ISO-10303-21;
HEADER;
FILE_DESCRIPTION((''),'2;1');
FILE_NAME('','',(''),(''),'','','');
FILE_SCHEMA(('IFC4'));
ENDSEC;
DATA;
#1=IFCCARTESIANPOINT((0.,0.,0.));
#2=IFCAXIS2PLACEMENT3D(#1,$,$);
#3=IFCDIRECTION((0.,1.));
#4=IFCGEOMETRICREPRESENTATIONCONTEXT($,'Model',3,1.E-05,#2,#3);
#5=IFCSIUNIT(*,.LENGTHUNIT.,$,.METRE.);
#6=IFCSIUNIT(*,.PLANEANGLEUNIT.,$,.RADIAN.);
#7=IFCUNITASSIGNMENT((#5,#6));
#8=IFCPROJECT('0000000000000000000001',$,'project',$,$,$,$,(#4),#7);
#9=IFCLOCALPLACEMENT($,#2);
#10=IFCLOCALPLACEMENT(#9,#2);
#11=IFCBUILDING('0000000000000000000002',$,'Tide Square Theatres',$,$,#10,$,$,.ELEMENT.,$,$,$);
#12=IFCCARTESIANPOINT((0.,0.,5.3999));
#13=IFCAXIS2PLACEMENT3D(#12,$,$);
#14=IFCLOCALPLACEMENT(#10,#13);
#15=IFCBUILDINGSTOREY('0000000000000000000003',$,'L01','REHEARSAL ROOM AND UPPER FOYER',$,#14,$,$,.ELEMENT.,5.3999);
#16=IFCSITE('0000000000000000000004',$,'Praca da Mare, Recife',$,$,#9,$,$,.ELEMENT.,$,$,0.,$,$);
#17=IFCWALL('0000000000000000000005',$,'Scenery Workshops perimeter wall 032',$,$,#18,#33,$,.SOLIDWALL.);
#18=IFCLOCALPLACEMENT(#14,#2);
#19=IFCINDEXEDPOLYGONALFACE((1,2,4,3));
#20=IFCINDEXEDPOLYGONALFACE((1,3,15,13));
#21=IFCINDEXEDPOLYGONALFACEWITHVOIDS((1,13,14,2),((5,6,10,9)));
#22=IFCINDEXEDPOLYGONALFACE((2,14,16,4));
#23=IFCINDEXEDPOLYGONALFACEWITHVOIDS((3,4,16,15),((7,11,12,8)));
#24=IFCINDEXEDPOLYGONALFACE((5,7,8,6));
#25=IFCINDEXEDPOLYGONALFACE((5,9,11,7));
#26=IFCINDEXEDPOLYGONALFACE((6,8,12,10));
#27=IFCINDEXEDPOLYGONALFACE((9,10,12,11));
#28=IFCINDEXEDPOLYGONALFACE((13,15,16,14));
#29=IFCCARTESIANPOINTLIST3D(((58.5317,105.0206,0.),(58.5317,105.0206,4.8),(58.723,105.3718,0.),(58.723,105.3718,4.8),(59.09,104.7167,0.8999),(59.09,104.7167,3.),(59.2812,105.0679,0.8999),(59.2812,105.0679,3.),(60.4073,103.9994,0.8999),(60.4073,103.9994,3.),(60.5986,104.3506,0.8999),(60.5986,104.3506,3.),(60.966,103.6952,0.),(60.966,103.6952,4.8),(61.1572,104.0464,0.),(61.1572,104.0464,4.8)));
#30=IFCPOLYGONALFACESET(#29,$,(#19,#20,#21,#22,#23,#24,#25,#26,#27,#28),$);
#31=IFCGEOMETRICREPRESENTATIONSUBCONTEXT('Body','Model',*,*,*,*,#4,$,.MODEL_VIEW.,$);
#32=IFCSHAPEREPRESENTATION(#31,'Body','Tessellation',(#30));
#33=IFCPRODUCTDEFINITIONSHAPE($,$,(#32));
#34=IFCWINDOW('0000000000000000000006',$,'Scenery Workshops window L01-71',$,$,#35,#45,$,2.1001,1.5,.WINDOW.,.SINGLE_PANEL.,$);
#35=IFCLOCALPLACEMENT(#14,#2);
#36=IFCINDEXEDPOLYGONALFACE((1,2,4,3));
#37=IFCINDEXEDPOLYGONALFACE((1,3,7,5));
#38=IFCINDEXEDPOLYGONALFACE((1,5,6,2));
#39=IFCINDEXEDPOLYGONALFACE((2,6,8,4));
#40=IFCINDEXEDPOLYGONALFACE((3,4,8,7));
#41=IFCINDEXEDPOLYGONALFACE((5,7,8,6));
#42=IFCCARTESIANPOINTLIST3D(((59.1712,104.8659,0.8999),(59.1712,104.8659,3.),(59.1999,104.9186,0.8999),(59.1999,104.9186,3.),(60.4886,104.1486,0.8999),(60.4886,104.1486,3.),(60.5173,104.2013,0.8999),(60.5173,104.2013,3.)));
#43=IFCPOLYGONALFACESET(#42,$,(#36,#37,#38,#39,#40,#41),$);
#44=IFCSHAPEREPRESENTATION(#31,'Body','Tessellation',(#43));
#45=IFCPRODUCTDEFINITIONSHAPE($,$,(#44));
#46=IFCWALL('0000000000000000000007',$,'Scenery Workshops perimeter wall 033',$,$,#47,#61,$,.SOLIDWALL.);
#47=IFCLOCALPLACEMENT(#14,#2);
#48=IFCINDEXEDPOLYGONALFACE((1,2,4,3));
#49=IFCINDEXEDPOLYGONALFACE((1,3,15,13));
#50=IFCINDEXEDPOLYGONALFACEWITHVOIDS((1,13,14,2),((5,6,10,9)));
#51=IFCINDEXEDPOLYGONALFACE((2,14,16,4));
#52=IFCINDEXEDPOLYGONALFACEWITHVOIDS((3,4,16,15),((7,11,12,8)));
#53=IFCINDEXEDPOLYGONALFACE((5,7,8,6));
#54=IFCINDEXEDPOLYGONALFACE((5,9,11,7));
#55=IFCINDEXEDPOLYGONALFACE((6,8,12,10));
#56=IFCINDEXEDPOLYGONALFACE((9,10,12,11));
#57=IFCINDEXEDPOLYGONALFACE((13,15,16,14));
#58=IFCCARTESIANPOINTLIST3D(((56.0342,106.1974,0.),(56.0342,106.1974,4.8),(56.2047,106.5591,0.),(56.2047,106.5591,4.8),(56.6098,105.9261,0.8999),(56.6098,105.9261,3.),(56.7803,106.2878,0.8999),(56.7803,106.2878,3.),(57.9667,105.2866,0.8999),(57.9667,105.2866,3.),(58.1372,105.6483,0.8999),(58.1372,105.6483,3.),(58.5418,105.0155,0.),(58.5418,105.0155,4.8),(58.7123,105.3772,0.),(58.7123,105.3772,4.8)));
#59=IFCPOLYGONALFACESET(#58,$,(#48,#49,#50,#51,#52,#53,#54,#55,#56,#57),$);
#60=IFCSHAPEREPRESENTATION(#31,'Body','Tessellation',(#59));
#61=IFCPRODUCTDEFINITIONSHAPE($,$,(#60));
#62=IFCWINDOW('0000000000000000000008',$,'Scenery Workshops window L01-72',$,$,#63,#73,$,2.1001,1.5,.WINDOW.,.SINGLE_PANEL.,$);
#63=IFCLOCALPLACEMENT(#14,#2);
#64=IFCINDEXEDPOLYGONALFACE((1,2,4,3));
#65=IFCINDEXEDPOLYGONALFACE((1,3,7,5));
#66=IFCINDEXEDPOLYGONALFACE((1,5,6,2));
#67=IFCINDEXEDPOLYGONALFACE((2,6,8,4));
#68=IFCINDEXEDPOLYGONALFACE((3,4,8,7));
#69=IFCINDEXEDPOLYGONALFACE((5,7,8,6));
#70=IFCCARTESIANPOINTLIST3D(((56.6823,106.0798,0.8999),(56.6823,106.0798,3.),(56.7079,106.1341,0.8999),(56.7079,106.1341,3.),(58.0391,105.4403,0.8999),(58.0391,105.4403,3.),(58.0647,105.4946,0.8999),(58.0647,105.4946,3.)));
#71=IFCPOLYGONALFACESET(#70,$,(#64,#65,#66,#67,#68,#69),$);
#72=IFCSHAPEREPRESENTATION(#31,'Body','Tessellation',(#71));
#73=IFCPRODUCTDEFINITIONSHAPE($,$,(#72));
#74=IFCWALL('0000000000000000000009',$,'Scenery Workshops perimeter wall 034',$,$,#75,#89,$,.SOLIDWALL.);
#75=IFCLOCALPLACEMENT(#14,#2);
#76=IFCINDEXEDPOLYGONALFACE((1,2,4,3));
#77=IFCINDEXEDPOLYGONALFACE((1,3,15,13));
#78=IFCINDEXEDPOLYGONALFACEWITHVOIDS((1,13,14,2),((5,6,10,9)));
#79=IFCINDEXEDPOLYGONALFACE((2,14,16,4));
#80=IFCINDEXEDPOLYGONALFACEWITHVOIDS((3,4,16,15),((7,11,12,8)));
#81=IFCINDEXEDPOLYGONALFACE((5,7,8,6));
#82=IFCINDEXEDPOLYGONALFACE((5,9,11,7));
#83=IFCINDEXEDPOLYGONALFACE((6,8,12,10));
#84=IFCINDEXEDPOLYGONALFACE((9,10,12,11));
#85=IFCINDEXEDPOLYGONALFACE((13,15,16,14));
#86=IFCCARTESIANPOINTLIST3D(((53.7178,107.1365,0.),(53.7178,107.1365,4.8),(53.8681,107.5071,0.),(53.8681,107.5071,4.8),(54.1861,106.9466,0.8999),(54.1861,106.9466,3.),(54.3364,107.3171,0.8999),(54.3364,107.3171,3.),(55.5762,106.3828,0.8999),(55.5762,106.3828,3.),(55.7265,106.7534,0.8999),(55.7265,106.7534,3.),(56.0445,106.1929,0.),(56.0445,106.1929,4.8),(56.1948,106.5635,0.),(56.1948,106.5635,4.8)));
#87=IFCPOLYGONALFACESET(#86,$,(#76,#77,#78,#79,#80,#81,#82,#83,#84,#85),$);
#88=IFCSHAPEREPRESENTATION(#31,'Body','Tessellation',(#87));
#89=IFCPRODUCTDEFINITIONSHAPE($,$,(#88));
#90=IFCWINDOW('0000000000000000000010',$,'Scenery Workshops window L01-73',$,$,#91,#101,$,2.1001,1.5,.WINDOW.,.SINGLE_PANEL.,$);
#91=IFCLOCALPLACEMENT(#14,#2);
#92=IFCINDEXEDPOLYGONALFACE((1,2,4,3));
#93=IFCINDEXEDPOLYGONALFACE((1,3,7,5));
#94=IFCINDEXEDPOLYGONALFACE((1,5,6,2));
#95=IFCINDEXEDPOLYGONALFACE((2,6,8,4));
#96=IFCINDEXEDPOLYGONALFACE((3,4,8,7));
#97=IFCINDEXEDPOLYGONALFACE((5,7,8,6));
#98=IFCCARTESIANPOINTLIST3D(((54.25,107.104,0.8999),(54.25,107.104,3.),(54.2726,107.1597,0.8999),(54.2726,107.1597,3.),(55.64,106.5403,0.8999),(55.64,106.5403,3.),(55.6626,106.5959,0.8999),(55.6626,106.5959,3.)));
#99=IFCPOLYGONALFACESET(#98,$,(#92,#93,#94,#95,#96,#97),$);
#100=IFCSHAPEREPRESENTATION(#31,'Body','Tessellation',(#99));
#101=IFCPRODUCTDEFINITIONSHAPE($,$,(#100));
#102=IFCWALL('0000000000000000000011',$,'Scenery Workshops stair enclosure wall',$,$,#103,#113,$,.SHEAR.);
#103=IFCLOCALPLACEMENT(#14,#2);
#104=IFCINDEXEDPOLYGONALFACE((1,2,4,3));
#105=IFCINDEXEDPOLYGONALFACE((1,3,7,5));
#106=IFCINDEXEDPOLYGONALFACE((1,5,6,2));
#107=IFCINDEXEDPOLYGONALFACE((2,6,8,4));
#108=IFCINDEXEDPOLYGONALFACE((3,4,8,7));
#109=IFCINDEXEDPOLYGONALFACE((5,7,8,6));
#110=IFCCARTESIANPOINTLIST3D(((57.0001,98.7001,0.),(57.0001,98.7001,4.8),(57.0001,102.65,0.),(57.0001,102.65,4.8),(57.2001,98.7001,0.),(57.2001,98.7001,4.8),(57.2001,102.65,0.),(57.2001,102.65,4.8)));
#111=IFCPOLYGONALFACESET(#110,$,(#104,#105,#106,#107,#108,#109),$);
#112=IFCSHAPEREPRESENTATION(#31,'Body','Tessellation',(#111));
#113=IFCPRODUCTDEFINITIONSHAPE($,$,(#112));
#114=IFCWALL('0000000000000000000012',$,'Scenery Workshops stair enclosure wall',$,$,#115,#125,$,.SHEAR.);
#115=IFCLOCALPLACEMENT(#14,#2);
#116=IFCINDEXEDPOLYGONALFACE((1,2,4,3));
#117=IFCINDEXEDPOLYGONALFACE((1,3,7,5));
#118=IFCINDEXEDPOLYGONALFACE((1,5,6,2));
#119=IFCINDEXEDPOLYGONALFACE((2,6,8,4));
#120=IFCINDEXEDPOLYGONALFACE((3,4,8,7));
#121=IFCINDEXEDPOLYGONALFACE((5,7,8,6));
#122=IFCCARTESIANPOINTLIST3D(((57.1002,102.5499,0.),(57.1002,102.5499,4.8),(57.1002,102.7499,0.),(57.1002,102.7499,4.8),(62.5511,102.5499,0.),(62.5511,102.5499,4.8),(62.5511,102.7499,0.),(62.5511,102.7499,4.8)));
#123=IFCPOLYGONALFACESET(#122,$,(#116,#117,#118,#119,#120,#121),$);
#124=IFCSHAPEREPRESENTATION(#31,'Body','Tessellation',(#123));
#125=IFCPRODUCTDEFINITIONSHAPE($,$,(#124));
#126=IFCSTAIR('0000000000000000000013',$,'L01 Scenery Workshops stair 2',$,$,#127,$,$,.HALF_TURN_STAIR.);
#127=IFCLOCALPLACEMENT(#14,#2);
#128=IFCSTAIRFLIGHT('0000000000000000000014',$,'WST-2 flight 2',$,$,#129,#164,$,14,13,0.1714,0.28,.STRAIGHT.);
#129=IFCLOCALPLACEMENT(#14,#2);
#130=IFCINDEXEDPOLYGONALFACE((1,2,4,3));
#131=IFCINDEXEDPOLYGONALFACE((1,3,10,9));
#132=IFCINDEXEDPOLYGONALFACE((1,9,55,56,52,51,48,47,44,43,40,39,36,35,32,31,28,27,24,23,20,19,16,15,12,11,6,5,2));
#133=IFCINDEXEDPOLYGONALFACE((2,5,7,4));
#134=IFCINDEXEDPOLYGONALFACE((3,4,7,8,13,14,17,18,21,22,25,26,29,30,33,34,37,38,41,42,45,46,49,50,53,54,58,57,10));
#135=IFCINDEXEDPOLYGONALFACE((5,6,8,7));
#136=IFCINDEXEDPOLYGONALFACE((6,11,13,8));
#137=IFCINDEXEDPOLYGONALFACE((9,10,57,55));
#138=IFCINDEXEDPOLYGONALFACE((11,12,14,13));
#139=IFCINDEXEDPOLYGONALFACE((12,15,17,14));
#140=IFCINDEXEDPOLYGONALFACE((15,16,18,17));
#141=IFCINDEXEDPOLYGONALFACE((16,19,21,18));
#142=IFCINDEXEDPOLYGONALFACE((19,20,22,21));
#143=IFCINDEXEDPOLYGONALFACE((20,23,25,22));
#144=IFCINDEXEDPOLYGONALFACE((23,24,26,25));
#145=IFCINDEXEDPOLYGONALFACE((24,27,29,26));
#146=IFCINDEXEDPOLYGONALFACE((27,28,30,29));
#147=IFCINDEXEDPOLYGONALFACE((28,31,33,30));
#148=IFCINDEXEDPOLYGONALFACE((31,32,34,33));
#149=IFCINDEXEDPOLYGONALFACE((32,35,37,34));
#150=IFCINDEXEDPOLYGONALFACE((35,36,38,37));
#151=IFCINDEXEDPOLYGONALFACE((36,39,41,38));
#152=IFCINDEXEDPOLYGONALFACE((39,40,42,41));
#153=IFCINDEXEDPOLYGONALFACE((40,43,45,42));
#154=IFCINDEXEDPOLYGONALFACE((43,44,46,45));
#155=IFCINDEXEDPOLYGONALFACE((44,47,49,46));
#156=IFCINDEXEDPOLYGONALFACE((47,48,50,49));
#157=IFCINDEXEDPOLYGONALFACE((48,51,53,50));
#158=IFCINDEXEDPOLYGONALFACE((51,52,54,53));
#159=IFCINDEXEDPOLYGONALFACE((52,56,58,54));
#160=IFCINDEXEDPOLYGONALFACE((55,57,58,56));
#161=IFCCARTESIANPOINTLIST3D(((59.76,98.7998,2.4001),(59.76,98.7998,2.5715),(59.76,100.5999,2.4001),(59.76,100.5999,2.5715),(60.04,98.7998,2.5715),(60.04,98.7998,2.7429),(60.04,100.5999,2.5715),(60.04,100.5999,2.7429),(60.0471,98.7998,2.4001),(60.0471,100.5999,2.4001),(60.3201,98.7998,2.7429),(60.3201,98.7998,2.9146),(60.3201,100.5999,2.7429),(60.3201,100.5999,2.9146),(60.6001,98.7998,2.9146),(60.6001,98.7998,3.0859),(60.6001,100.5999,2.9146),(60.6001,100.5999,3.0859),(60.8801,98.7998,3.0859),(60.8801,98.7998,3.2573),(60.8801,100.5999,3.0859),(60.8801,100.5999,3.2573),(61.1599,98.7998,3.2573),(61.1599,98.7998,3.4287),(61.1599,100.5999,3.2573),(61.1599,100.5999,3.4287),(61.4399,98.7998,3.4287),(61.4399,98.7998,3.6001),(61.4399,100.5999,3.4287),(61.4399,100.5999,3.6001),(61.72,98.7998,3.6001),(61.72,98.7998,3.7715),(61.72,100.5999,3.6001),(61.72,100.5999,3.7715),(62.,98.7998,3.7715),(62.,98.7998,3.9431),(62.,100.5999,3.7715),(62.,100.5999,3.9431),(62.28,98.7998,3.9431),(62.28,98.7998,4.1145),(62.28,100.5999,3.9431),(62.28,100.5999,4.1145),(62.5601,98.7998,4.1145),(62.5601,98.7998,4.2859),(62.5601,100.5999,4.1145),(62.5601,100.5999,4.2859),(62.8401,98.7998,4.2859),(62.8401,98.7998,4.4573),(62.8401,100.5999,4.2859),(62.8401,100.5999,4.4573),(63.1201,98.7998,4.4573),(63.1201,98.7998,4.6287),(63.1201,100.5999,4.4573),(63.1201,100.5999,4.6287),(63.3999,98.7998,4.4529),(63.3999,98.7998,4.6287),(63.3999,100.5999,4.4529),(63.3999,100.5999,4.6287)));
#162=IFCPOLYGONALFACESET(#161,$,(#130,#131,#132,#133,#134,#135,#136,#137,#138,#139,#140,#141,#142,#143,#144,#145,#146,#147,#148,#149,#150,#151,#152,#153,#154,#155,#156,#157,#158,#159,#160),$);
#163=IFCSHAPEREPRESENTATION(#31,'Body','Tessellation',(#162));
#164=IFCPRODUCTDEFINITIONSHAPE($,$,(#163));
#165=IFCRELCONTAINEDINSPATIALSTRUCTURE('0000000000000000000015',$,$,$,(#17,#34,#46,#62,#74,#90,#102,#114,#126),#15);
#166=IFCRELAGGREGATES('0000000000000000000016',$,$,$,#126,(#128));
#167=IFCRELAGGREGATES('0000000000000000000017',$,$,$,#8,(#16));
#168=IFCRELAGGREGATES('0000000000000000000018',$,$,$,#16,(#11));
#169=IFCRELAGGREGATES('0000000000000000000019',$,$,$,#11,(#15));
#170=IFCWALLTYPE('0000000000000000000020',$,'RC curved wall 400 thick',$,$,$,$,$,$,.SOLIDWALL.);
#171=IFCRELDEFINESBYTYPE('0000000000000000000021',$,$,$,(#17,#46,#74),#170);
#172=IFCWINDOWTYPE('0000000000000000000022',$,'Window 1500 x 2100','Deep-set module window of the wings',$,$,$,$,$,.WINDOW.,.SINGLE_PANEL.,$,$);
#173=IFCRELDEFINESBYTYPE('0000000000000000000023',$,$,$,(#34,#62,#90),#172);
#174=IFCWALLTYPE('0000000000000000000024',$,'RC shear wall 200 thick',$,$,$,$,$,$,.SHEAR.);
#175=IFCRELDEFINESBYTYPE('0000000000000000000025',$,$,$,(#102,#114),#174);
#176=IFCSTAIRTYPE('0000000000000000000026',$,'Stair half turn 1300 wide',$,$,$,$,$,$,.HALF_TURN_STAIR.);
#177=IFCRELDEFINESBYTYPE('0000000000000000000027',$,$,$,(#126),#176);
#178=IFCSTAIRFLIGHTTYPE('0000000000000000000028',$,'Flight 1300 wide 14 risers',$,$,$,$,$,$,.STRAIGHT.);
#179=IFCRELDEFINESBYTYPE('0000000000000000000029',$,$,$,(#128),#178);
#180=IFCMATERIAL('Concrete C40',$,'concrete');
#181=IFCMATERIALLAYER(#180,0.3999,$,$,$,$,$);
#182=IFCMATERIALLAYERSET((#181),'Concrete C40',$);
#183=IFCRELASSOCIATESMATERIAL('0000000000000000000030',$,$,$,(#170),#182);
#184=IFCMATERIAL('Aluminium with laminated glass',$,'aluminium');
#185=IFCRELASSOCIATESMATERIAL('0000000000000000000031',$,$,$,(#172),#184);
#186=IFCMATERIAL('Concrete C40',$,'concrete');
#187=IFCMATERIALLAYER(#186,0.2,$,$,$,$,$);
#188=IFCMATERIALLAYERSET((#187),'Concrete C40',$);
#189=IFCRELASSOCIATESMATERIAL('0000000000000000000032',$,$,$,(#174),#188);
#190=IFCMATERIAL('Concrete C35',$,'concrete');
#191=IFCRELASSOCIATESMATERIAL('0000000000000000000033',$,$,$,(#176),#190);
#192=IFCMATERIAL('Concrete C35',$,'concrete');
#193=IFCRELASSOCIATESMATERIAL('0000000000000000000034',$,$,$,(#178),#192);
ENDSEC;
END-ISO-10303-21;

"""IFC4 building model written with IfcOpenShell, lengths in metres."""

from ifc_helpers import new_model, si_unit, direction, frame, frame_2d, origin, place, context, subcontext, project, spatial, polyline, rectangle, outline, extrude, material, layer, layer_set, type_object, element, fill, aggregate, save


model = new_model("IFC4")

# Units and contexts
model_context = context("Model", 3, precision=1e-05, world=origin(), true_north=direction((0.0, 1.0)))
body_context = subcontext(model_context, "Body", "Model", "MODEL_VIEW")
ifc_project = project(units=[si_unit("LENGTHUNIT", "METRE"), si_unit("PLANEANGLEUNIT", "RADIAN")], contexts=[model_context])

# Site, building, storey
site_placement = place(None, origin())
site = spatial("IfcSite", under=ifc_project, at=site_placement, Name="Praca da Mare, Recife", CompositionType="ELEMENT", RefElevation=0.0)
building_placement = place(site_placement, origin())
building = spatial("IfcBuilding", under=site, at=building_placement, Name="Tide Square Theatres", CompositionType="ELEMENT")
storey_placement = place(building_placement, frame((0.0, 0.0, 5.3999)))
storey = spatial("IfcBuildingStorey", under=building, at=storey_placement, Name="L01", Description="REHEARSAL ROOM AND UPPER FOYER", CompositionType="ELEMENT", Elevation=5.3999)

# Walls, openings, windows
ifc_material_1 = material(Name="Concrete C40", Category="concrete")
ifc_layer_1 = layer(ifc_material_1, 0.3999)
ifc_layer_set_1 = layer_set([ifc_layer_1], Name="Concrete C40")
wall_type_1 = type_object("IfcWallType", Name="RC curved wall 400 thick", PredefinedType="SOLIDWALL", material=ifc_layer_set_1)
wall_1_placement = place(storey_placement, frame((61.0615, 103.8708, 0.0), z_axis=(0.0, 0.0, 1.0), x_axis=(-0.878256, 0.478192, 0.0)))
wall_1 = element("IfcWall", 1, at=wall_1_placement, inside=storey, type_object=wall_type_1, Name="Scenery Workshops perimeter wall 032", PredefinedType="SOLIDWALL", context=body_context, shape_type="SweptSolid", body=[
    extrude(rectangle(XDim=2.7717, YDim=0.3999, at=frame_2d((1.3857, 0.0))), origin(), (0.0, 0.0, 1.0), 4.8),
])
opening_1_placement = place(wall_1_placement, frame((0.636, 0.0, 0.8999)))
opening_1 = element("IfcOpeningElement", 2, at=opening_1_placement, cuts=wall_1, PredefinedType="OPENING", context=body_context, shape_type="SweptSolid", body=[
    extrude(rectangle(XDim=1.5, YDim=2.1001, at=frame_2d((0.75, 1.05))), frame((0.0, 0.21, 0.0), z_axis=(0.0, -1.0, 0.0), x_axis=(1.0, 0.0, 0.0)), (0.0, 0.0, 1.0), 0.4199),
])
ifc_material_2 = material(Name="Aluminium with laminated glass", Category="aluminium")
window_type = type_object("IfcWindowType", Name="Window 1500 x 2100", Description="Deep-set module window of the wings", PartitioningType="SINGLE_PANEL", PredefinedType="WINDOW", material=ifc_material_2)
window_1_placement = place(opening_1_placement, origin())
window_1 = element("IfcWindow", 3, at=window_1_placement, inside=storey, type_object=window_type, Name="Scenery Workshops window L01-71", OverallHeight=2.1001, OverallWidth=1.5, PartitioningType="SINGLE_PANEL", PredefinedType="WINDOW", context=body_context, shape_type="SweptSolid", body=[
    extrude(rectangle(XDim=1.5, YDim=2.1001, at=frame_2d((0.75, 1.05))), frame((0.0, 0.03, 0.0), z_axis=(0.0, -1.0, 0.0), x_axis=(1.0, 0.0, 0.0)), (0.0, 0.0, 1.0), 0.0601),
])
fill(opening_1, window_1)
wall_2_placement = place(storey_placement, frame((58.6272, 105.1963, 0.0), z_axis=(0.0, 0.0, 1.0), x_axis=(-0.904561, 0.426344, 0.0)))
wall_2 = element("IfcWall", 4, at=wall_2_placement, inside=storey, type_object=wall_type_1, Name="Scenery Workshops perimeter wall 033", PredefinedType="SOLIDWALL", context=body_context, shape_type="SweptSolid", body=[
    extrude(rectangle(XDim=2.7722, YDim=0.3999, at=frame_2d((1.3862, 0.0))), origin(), (0.0, 0.0, 1.0), 4.8),
])
opening_2_placement = place(wall_2_placement, frame((0.636, 0.0, 0.8999)))
opening_2 = element("IfcOpeningElement", 5, at=opening_2_placement, cuts=wall_2, PredefinedType="OPENING", context=body_context, shape_type="SweptSolid", body=[
    extrude(rectangle(XDim=1.5, YDim=2.1001, at=frame_2d((0.75, 1.05))), frame((0.0, 0.21, 0.0), z_axis=(0.0, -1.0, 0.0), x_axis=(1.0, 0.0, 0.0)), (0.0, 0.0, 1.0), 0.4199),
])
window_2_placement = place(opening_2_placement, origin())
window_2 = element("IfcWindow", 6, at=window_2_placement, inside=storey, type_object=window_type, Name="Scenery Workshops window L01-72", OverallHeight=2.1001, OverallWidth=1.5, PartitioningType="SINGLE_PANEL", PredefinedType="WINDOW", context=body_context, shape_type="SweptSolid", body=[
    extrude(rectangle(XDim=1.5, YDim=2.1001, at=frame_2d((0.75, 1.05))), frame((0.0, 0.03, 0.0), z_axis=(0.0, -1.0, 0.0), x_axis=(1.0, 0.0, 0.0)), (0.0, 0.0, 1.0), 0.0601),
])
fill(opening_2, window_2)
wall_3_placement = place(storey_placement, frame((56.1196, 106.3782, 0.0), z_axis=(0.0, 0.0, 1.0), x_axis=(-0.926689, 0.375829, 0.0)))
wall_3 = element("IfcWall", 7, at=wall_3_placement, inside=storey, type_object=wall_type_1, Name="Scenery Workshops perimeter wall 034", PredefinedType="SOLIDWALL", context=body_context, shape_type="SweptSolid", body=[
    extrude(rectangle(XDim=2.5107, YDim=0.3999, at=frame_2d((1.2554, 0.0))), origin(), (0.0, 0.0, 1.0), 4.8),
])
opening_3_placement = place(wall_3_placement, frame((0.5054, 0.0, 0.8999)))
opening_3 = element("IfcOpeningElement", 8, at=opening_3_placement, cuts=wall_3, PredefinedType="OPENING", context=body_context, shape_type="SweptSolid", body=[
    extrude(rectangle(XDim=1.5, YDim=2.1001, at=frame_2d((0.75, 1.05))), frame((0.0, 0.21, 0.0), z_axis=(0.0, -1.0, 0.0), x_axis=(1.0, 0.0, 0.0)), (0.0, 0.0, 1.0), 0.4199),
])
window_3_placement = place(opening_3_placement, origin())
window_3 = element("IfcWindow", 9, at=window_3_placement, inside=storey, type_object=window_type, Name="Scenery Workshops window L01-73", OverallHeight=2.1001, OverallWidth=1.5, PartitioningType="SINGLE_PANEL", PredefinedType="WINDOW", context=body_context, shape_type="SweptSolid", body=[
    extrude(rectangle(XDim=1.5, YDim=2.1001, at=frame_2d((0.75, 1.05))), frame((0.0, 0.03, 0.0), z_axis=(0.0, -1.0, 0.0), x_axis=(1.0, 0.0, 0.0)), (0.0, 0.0, 1.0), 0.0601),
])
fill(opening_3, window_3)

# Walls
ifc_material_3 = material(Name="Concrete C40", Category="concrete")
ifc_layer_2 = layer(ifc_material_3, 0.2)
ifc_layer_set_2 = layer_set([ifc_layer_2], Name="Concrete C40")
wall_type_2 = type_object("IfcWallType", Name="RC shear wall 200 thick", PredefinedType="SHEAR", material=ifc_layer_set_2)
wall_4_placement = place(storey_placement, frame((57.1001, 98.7, 0.0), z_axis=(0.0, 0.0, 1.0), x_axis=(0.0, 1.0, 0.0)))
element("IfcWall", 10, at=wall_4_placement, inside=storey, type_object=wall_type_2, Name="Scenery Workshops stair enclosure wall", PredefinedType="SHEAR", context=body_context, shape_type="SweptSolid", body=[
    extrude(rectangle(XDim=3.95, YDim=0.2, at=frame_2d((1.9751, 0.0))), origin(), (0.0, 0.0, 1.0), 4.8),
])
wall_5_placement = place(storey_placement, frame((57.1001, 102.6499, 0.0), z_axis=(0.0, 0.0, 1.0), x_axis=(1.0, 0.0, 0.0)))
element("IfcWall", 11, at=wall_5_placement, inside=storey, type_object=wall_type_2, Name="Scenery Workshops stair enclosure wall", PredefinedType="SHEAR", context=body_context, shape_type="SweptSolid", body=[
    extrude(rectangle(XDim=5.4509, YDim=0.2, at=frame_2d((2.7256, 0.0))), origin(), (0.0, 0.0, 1.0), 4.8),
])

# Stair, stair flight
ifc_material_4 = material(Name="Concrete C35", Category="concrete")
stair_type = type_object("IfcStairType", Name="Stair half turn 1300 wide", PredefinedType="HALF_TURN_STAIR", material=ifc_material_4)
stair_placement = place(storey_placement, origin())
stair = element("IfcStair", 12, at=stair_placement, inside=storey, type_object=stair_type, Name="L01 Scenery Workshops stair 2", PredefinedType="HALF_TURN_STAIR")
ifc_material_5 = material(Name="Concrete C35", Category="concrete")
stair_flight_type = type_object("IfcStairFlightType", Name="Flight 1300 wide 14 risers", PredefinedType="STRAIGHT", material=ifc_material_5)
stair_flight_placement = place(storey_placement, frame((59.76, 99.7, 2.4001), z_axis=(0.0, 0.0, 1.0), x_axis=(1.0, 0.0, 0.0)))
stair_flight = element("IfcStairFlight", 13, at=stair_flight_placement, type_object=stair_flight_type, Name="WST-2 flight 2", NumberOfRisers=14, NumberOfTreads=13, PredefinedType="STRAIGHT", RiserHeight=0.1714, TreadLength=0.28, context=body_context, shape_type="SweptSolid", body=[
    extrude(outline(polyline([(0.0, 0.0), (0.0, 0.1714), (0.28, 0.1714), (0.28, 0.3428), (0.5601, 0.3428), (0.5601, 0.5144), (0.8401, 0.5144), (0.8401, 0.6858), (1.1201, 0.6858), (1.1201, 0.8572), (1.3999, 0.8572), (1.3999, 1.0286), (1.6799, 1.0286), (1.6799, 1.2), (1.96, 1.2), (1.96, 1.3713), (2.24, 1.3713), (2.24, 1.543), (2.52, 1.543), (2.52, 1.7144), (2.8, 1.7144), (2.8, 1.8857), (3.0801, 1.8857), (3.0801, 2.0571), (3.3601, 2.0571), (3.3601, 2.2285), (3.6399, 2.2285), (3.6399, 2.3999), (3.6399, 2.0527), (0.2871, 0.0), (0.0, 0.0)])), frame((0.0, 0.8999, 0.0), z_axis=(0.0, -1.0, 0.0), x_axis=(1.0, 0.0, 0.0)), (0.0, 0.0, 1.0), 1.8),
])
aggregate(stair, [stair_flight])

save(model, "model.ifc")
